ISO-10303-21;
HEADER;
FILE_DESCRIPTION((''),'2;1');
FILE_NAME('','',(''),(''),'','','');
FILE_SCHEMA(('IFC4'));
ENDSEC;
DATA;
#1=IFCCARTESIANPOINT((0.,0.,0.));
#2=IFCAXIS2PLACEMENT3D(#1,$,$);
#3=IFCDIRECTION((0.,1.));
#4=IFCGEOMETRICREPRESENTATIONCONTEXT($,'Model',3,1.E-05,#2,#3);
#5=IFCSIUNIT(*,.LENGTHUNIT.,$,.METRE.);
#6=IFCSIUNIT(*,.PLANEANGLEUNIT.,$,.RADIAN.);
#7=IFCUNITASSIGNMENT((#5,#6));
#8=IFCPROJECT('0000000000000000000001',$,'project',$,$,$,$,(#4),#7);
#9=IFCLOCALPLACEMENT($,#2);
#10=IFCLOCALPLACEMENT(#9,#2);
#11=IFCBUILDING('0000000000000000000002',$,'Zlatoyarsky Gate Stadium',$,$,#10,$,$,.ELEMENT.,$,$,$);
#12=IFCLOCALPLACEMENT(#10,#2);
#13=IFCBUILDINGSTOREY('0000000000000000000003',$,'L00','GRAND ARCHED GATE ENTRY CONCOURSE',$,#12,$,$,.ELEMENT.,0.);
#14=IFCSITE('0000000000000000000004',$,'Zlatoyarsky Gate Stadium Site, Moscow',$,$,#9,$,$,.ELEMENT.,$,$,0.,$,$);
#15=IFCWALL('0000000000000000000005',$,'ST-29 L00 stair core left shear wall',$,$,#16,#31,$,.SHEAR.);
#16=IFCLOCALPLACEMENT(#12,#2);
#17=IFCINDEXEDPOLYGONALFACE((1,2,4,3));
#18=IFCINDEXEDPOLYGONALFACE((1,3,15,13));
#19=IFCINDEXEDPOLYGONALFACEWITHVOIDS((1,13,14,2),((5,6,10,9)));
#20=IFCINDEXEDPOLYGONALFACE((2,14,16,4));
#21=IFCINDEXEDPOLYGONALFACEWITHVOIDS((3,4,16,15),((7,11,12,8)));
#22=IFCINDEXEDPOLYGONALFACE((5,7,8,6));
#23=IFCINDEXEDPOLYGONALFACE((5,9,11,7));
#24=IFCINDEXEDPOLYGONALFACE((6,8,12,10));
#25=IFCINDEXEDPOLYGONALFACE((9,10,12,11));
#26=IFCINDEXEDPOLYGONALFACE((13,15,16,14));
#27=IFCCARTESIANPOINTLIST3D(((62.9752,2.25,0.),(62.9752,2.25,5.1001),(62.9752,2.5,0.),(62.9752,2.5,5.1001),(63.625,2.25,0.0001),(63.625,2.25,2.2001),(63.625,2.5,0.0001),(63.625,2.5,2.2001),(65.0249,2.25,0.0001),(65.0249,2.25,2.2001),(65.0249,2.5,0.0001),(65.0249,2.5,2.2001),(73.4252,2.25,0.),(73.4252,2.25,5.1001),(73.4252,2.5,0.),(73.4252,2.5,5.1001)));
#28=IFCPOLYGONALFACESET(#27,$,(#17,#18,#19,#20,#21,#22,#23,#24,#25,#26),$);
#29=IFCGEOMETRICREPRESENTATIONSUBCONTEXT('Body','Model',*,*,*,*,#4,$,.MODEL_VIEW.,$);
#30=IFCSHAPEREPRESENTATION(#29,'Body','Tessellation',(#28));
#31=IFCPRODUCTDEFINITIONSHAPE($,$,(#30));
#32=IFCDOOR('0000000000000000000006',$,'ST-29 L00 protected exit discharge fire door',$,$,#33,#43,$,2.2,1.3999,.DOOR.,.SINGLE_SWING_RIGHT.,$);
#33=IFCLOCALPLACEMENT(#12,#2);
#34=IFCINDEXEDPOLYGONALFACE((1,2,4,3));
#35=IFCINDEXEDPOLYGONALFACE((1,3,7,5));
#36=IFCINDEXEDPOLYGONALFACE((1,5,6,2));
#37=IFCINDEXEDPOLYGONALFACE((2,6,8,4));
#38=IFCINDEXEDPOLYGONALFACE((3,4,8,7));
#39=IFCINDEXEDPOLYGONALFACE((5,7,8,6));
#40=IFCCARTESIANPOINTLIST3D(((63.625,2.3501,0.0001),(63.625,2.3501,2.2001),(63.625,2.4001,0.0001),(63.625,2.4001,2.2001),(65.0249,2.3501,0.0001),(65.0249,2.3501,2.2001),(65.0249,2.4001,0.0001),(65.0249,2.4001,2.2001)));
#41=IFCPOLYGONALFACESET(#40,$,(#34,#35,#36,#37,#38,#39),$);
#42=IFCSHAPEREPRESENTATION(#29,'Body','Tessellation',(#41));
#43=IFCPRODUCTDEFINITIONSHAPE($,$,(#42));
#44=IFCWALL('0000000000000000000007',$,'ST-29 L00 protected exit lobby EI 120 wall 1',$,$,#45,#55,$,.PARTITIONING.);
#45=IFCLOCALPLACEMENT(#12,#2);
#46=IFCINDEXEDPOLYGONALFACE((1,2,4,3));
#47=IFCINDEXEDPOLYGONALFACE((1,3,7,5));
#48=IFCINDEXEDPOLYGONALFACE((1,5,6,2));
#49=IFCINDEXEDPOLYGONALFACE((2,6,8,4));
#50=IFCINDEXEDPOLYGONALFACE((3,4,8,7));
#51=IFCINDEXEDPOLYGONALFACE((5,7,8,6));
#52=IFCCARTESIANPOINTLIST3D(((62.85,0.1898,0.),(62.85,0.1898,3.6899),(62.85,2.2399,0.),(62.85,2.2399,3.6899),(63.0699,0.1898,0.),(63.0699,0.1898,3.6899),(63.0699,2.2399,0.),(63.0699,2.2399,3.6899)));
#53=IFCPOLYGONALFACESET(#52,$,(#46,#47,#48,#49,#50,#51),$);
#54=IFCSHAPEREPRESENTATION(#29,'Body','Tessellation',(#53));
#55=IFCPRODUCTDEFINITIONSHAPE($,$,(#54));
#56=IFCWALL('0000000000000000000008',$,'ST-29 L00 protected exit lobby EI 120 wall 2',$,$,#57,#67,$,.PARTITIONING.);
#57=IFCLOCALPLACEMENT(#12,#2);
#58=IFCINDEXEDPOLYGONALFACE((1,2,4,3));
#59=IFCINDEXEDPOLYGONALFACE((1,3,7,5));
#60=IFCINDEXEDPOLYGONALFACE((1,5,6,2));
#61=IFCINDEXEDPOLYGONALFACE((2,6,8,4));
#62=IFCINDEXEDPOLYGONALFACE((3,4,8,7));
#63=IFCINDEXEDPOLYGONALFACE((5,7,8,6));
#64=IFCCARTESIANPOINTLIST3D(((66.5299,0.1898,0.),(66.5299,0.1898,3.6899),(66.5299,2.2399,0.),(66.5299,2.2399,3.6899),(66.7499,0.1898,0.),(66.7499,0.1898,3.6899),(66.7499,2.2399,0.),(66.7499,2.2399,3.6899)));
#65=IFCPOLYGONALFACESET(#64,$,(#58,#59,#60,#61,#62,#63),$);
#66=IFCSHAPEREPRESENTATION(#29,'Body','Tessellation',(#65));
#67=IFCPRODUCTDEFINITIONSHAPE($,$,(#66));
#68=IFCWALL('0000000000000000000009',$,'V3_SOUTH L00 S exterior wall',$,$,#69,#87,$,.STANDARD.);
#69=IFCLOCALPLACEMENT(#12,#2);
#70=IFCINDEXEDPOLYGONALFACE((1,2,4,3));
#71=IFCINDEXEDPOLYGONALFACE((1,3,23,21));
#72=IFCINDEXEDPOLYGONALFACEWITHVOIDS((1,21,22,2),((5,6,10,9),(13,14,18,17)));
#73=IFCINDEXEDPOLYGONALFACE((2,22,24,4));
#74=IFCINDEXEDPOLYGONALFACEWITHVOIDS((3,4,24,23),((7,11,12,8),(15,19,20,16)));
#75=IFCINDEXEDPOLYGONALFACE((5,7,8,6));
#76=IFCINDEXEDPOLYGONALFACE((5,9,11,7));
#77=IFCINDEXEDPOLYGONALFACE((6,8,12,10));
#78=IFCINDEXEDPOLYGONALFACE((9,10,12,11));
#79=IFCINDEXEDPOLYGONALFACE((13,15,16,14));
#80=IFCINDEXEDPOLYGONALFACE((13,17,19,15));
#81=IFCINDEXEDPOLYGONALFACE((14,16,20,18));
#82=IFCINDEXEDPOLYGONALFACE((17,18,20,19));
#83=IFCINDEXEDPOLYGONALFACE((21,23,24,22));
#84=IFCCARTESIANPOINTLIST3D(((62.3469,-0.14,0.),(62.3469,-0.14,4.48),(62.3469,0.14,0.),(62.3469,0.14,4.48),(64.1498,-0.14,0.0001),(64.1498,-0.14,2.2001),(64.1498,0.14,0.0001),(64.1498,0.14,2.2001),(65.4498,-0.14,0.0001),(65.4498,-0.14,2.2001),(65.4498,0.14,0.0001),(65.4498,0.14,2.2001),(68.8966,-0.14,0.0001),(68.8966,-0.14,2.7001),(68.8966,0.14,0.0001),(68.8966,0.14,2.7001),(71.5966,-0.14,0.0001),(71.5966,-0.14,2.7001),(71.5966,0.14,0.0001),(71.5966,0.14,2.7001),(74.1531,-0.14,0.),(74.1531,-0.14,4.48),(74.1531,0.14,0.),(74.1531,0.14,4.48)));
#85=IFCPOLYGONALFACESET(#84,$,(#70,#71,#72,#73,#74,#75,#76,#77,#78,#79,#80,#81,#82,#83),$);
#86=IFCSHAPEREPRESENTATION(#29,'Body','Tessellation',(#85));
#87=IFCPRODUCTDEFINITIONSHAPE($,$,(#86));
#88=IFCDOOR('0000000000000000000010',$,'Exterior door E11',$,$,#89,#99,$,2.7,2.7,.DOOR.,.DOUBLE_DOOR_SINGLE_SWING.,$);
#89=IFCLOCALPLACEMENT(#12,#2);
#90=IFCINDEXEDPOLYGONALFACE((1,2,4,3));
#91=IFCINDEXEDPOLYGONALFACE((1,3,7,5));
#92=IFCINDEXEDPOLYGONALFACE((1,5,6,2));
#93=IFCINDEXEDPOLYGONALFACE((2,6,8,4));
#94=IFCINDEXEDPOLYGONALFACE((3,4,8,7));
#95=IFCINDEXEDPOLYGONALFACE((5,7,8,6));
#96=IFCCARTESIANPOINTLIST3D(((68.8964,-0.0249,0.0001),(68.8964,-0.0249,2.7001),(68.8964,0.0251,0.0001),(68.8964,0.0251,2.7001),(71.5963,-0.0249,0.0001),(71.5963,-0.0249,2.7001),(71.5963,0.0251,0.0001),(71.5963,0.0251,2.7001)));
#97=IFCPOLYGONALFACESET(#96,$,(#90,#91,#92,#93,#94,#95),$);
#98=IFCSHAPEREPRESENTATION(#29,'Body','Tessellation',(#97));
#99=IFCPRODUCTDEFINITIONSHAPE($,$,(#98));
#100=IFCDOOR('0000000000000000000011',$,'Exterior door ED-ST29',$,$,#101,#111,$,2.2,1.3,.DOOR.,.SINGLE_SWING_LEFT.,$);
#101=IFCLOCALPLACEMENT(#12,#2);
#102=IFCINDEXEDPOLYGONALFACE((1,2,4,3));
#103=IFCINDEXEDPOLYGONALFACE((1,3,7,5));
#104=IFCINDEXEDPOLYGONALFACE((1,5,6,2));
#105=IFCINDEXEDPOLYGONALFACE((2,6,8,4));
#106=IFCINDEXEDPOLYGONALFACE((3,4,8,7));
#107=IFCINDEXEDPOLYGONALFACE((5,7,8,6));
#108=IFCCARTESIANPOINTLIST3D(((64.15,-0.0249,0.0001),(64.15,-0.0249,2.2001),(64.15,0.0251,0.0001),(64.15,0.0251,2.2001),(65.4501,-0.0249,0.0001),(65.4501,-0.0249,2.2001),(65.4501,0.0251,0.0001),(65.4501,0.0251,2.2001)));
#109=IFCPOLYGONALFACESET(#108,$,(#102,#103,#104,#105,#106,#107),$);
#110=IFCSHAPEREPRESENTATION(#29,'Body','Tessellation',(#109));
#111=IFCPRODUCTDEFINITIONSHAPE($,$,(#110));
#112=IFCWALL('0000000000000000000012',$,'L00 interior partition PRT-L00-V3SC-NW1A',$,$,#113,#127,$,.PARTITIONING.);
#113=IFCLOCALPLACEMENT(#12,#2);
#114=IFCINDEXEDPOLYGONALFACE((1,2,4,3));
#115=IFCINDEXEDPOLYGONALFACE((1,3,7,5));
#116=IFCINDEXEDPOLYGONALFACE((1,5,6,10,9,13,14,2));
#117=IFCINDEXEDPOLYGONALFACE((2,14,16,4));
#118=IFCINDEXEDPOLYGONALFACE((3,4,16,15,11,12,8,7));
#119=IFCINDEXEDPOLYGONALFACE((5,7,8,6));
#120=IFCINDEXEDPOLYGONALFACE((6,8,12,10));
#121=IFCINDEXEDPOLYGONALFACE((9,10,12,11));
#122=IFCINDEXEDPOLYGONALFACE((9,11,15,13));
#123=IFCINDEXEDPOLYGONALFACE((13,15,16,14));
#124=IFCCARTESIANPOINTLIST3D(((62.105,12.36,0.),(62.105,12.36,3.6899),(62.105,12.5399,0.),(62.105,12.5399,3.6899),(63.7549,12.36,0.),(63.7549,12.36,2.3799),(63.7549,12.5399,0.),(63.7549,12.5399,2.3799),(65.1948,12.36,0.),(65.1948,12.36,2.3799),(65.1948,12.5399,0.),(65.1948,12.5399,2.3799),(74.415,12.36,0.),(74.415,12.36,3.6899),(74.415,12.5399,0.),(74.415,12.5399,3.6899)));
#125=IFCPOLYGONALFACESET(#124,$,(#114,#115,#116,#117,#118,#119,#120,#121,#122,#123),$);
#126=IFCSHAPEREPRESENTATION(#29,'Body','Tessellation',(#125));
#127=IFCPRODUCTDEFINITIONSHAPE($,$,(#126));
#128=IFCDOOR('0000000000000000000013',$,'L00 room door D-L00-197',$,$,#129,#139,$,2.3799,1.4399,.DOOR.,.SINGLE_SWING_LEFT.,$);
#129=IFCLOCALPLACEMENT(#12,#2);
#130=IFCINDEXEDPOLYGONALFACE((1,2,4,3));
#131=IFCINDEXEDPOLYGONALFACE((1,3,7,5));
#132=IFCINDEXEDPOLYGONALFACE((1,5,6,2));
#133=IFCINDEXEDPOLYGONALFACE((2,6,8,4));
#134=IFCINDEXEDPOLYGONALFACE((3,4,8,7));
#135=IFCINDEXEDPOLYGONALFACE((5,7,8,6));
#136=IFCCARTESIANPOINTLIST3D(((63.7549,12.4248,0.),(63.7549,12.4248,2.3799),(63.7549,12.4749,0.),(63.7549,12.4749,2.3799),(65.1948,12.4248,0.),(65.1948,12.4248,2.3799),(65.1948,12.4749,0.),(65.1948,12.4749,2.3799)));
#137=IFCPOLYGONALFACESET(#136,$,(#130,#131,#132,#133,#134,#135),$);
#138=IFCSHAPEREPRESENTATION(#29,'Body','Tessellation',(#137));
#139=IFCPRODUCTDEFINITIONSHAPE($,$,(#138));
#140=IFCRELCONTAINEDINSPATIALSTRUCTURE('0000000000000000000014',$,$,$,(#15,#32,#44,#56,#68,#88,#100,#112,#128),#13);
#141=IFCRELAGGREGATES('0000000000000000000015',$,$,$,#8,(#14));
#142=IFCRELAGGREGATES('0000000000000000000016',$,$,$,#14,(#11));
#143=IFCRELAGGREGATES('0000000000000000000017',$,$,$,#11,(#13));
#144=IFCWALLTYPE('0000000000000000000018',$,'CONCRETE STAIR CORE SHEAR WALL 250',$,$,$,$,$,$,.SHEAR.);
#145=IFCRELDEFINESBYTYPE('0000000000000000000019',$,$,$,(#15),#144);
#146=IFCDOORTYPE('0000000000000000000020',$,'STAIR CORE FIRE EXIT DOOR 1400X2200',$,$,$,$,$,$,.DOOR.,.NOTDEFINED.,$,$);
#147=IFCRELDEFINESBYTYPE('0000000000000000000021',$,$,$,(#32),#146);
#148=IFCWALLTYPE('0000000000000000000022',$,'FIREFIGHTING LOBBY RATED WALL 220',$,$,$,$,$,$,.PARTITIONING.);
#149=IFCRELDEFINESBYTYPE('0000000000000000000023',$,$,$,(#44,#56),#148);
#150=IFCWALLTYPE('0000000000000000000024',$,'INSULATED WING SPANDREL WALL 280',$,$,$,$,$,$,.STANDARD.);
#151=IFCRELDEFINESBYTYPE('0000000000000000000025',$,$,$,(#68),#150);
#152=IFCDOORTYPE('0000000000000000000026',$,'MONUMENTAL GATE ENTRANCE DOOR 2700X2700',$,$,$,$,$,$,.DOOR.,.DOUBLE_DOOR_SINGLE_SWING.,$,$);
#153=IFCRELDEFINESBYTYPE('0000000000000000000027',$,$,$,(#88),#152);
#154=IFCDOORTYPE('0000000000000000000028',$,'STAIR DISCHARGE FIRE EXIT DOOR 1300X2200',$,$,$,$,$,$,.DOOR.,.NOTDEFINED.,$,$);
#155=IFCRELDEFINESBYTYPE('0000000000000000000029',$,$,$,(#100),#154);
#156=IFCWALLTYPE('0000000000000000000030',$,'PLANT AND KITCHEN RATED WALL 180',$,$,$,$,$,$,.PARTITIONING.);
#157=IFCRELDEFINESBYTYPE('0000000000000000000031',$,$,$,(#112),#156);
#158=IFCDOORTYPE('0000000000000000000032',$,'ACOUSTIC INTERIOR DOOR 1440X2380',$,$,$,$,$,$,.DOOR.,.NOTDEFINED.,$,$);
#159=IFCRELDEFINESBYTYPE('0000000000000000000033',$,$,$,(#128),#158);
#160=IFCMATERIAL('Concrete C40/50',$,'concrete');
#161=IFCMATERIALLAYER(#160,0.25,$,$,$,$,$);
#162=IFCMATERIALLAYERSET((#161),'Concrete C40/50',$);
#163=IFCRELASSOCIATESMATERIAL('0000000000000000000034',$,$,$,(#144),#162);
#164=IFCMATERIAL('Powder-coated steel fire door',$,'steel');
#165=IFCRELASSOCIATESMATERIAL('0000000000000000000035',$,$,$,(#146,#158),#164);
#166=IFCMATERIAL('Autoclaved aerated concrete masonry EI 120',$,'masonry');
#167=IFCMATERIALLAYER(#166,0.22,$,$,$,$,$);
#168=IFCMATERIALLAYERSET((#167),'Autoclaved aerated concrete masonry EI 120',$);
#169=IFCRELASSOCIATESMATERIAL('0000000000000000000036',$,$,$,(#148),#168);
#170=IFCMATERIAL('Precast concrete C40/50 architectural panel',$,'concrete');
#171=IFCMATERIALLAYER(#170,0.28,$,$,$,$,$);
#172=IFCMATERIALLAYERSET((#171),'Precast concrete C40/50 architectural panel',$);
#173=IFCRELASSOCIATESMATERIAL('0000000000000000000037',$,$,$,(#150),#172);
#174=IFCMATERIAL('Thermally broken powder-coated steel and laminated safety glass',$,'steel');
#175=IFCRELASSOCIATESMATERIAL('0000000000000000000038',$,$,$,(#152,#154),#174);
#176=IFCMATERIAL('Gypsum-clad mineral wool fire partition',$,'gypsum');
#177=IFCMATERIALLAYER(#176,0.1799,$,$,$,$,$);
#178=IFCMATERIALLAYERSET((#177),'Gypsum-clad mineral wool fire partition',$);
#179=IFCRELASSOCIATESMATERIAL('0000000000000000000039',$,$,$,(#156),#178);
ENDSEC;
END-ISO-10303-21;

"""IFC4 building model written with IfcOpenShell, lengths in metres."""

from ifc_helpers import new_model, si_unit, direction, frame, frame_2d, origin, place, context, subcontext, project, spatial, rectangle, extrude, material, layer, layer_set, type_object, element, fill, save


model = new_model("IFC4")

# Units and contexts
model_context = context("Model", 3, precision=1e-05, world=origin(), true_north=direction((0.0, 1.0)))
body_context = subcontext(model_context, "Body", "Model", "MODEL_VIEW")
ifc_project = project(units=[si_unit("LENGTHUNIT", "METRE"), si_unit("PLANEANGLEUNIT", "RADIAN")], contexts=[model_context])

# Site, building, storey
site_placement = place(None, origin())
site = spatial("IfcSite", under=ifc_project, at=site_placement, Name="Zlatoyarsky Gate Stadium Site, Moscow", CompositionType="ELEMENT", RefElevation=0.0)
building_placement = place(site_placement, origin())
building = spatial("IfcBuilding", under=site, at=building_placement, Name="Zlatoyarsky Gate Stadium", CompositionType="ELEMENT")
storey_placement = place(building_placement, origin())
storey = spatial("IfcBuildingStorey", under=building, at=storey_placement, Name="L00", Description="GRAND ARCHED GATE ENTRY CONCOURSE", CompositionType="ELEMENT", Elevation=0.0)

# Shared definitions
ifc_material_1 = material(Name="Concrete C40/50", Category="concrete")

# Shared definitions
ifc_layer_1 = layer(ifc_material_1, 0.25)
ifc_layer_set_1 = layer_set([ifc_layer_1], Name="Concrete C40/50")
wall_type_1 = type_object("IfcWallType", Name="CONCRETE STAIR CORE SHEAR WALL 250", PredefinedType="SHEAR", material=ifc_layer_set_1)

# Wall, opening, door
wall_1_placement = place(storey_placement, frame((62.9751, 2.375, 0.0), z_axis=(0.0, 0.0, 1.0), x_axis=(1.0, 0.0, 0.0)))
wall_1 = element("IfcWall", 1, at=wall_1_placement, inside=storey, type_object=wall_type_1, Name="ST-29 L00 stair core left shear wall", PredefinedType="SHEAR", context=body_context, shape_type="SweptSolid", body=[
    extrude(rectangle(XDim=10.45, YDim=0.25, at=frame_2d((5.2251, 0.0))), origin(), (0.0, 0.0, 1.0), 5.1001),
])
opening_1_placement = place(wall_1_placement, frame((0.6499, 0.0, 0.0)))
opening_1 = element("IfcOpeningElement", 2, at=opening_1_placement, cuts=wall_1, PredefinedType="OPENING", context=body_context, shape_type="SweptSolid", body=[
    extrude(rectangle(XDim=1.3999, YDim=2.2, at=frame_2d((0.7, 1.1001))), frame((0.0, 0.135, 0.0), z_axis=(0.0, -1.0, 0.0), x_axis=(1.0, 0.0, 0.0)), (0.0, 0.0, 1.0), 0.27),
])
ifc_material_2 = material(Name="Powder-coated steel fire door", Category="steel")
door_type_1 = type_object("IfcDoorType", Name="STAIR CORE FIRE EXIT DOOR 1400X2200", OperationType="NOTDEFINED", PredefinedType="DOOR", material=ifc_material_2)
door_1_placement = place(opening_1_placement, frame((1.3999, 0.0, 0.0), z_axis=(0.0, 0.0, 1.0), x_axis=(-1.0, 0.0, 0.0)))
door_1 = element("IfcDoor", 3, at=door_1_placement, inside=storey, type_object=door_type_1, Name="ST-29 L00 protected exit discharge fire door", OperationType="SINGLE_SWING_RIGHT", OverallHeight=2.2, OverallWidth=1.3999, PredefinedType="DOOR", context=body_context, shape_type="SweptSolid", body=[
    extrude(rectangle(XDim=1.3999, YDim=2.2, at=frame_2d((0.7, 1.1001))), frame((0.0, 0.0249, 0.0), z_axis=(0.0, -1.0, 0.0), x_axis=(1.0, 0.0, 0.0)), (0.0, 0.0, 1.0), 0.05),
])
fill(opening_1, door_1)

# Walls
ifc_material_3 = material(Name="Autoclaved aerated concrete masonry EI 120", Category="masonry")
ifc_layer_2 = layer(ifc_material_3, 0.22)
ifc_layer_set_2 = layer_set([ifc_layer_2], Name="Autoclaved aerated concrete masonry EI 120")
wall_type_2 = type_object("IfcWallType", Name="FIREFIGHTING LOBBY RATED WALL 220", PredefinedType="PARTITIONING", material=ifc_layer_set_2)
for number, where, z_axis, x_axis, name in (
    (4, (62.96, 0.1899, 0.0), (0.0, 0.0, 1.0), (0.0, 1.0, 0.0), "ST-29 L00 protected exit lobby EI 120 wall 1"),
    (5, (66.6399, 0.1899, 0.0), (0.0, 0.0, 1.0), (0.0, 1.0, 0.0), "ST-29 L00 protected exit lobby EI 120 wall 2"),
):
    element("IfcWall", number, at=place(storey_placement, frame(where, z_axis=z_axis, x_axis=x_axis)), inside=storey, type_object=wall_type_2, Name=name, PredefinedType="PARTITIONING", context=body_context, shape_type="SweptSolid", body=[
        extrude(rectangle(XDim=2.05, YDim=0.22, at=frame_2d((1.0249, 0.0))), origin(), (0.0, 0.0, 1.0), 3.6899),
    ])

# Wall, openings, doors
ifc_material_4 = material(Name="Precast concrete C40/50 architectural panel", Category="concrete")
ifc_layer_3 = layer(ifc_material_4, 0.28)
ifc_layer_set_3 = layer_set([ifc_layer_3], Name="Precast concrete C40/50 architectural panel")
wall_type_3 = type_object("IfcWallType", Name="INSULATED WING SPANDREL WALL 280", PredefinedType="STANDARD", material=ifc_layer_set_3)
wall_2_placement = place(storey_placement, frame((62.3469, 0.0, 0.0), z_axis=(0.0, 0.0, 1.0), x_axis=(1.0, 0.0, 0.0)))
wall_2 = element("IfcWall", 6, at=wall_2_placement, inside=storey, type_object=wall_type_3, Name="V3_SOUTH L00 S exterior wall", PredefinedType="STANDARD", context=body_context, shape_type="SweptSolid", body=[
    extrude(rectangle(XDim=11.8062, YDim=0.28, at=frame_2d((5.9031, 0.0))), origin(), (0.0, 0.0, 1.0), 4.48),
])
opening_2_placement = place(wall_2_placement, frame((1.803, 0.0, 0.0)))
opening_2 = element("IfcOpeningElement", 7, at=opening_2_placement, cuts=wall_2, PredefinedType="OPENING", context=body_context, shape_type="SweptSolid", body=[
    extrude(rectangle(XDim=1.3, YDim=2.2, at=frame_2d((0.6499, 1.1001))), frame((0.0, 0.1499, 0.0), z_axis=(0.0, -1.0, 0.0), x_axis=(1.0, 0.0, 0.0)), (0.0, 0.0, 1.0), 0.3),
])
opening_3_placement = place(wall_2_placement, frame((6.5496, 0.0, 0.0)))
opening_3 = element("IfcOpeningElement", 8, at=opening_3_placement, cuts=wall_2, PredefinedType="OPENING", context=body_context, shape_type="SweptSolid", body=[
    extrude(rectangle(XDim=2.7, YDim=2.7, at=frame_2d((1.3501, 1.3501))), frame((0.0, 0.1499, 0.0), z_axis=(0.0, -1.0, 0.0), x_axis=(1.0, 0.0, 0.0)), (0.0, 0.0, 1.0), 0.3),
])
ifc_material_5 = material(Name="Thermally broken powder-coated steel and laminated safety glass", Category="steel")
door_type_2 = type_object("IfcDoorType", Name="MONUMENTAL GATE ENTRANCE DOOR 2700X2700", OperationType="DOUBLE_DOOR_SINGLE_SWING", PredefinedType="DOOR", material=ifc_material_5)
door_2_placement = place(opening_3_placement, frame((2.7, 0.0, 0.0), z_axis=(0.0, 0.0, 1.0), x_axis=(-1.0, 0.0, 0.0)))
door_2 = element("IfcDoor", 9, at=door_2_placement, inside=storey, type_object=door_type_2, Name="Exterior door E11", OperationType="DOUBLE_DOOR_SINGLE_SWING", OverallHeight=2.7, OverallWidth=2.7, PredefinedType="DOOR", context=body_context, shape_type="SweptSolid", body=[
    extrude(rectangle(XDim=2.7, YDim=2.7, at=frame_2d((1.3501, 1.3501))), frame((0.0, 0.0249, 0.0), z_axis=(0.0, -1.0, 0.0), x_axis=(1.0, 0.0, 0.0)), (0.0, 0.0, 1.0), 0.05),
])
fill(opening_3, door_2)
door_type_3 = type_object("IfcDoorType", Name="STAIR DISCHARGE FIRE EXIT DOOR 1300X2200", OperationType="NOTDEFINED", PredefinedType="DOOR", material=ifc_material_5)
door_3_placement = place(opening_2_placement, frame((1.3, 0.0, 0.0), z_axis=(0.0, 0.0, 1.0), x_axis=(-1.0, 0.0, 0.0)))
door_3 = element("IfcDoor", 10, at=door_3_placement, inside=storey, type_object=door_type_3, Name="Exterior door ED-ST29", OperationType="SINGLE_SWING_LEFT", OverallHeight=2.2, OverallWidth=1.3, PredefinedType="DOOR", context=body_context, shape_type="SweptSolid", body=[
    extrude(rectangle(XDim=1.3, YDim=2.2, at=frame_2d((0.6499, 1.1001))), frame((0.0, 0.0249, 0.0), z_axis=(0.0, -1.0, 0.0), x_axis=(1.0, 0.0, 0.0)), (0.0, 0.0, 1.0), 0.05),
])
fill(opening_2, door_3)

# Wall, opening, door
ifc_material_6 = material(Name="Gypsum-clad mineral wool fire partition", Category="gypsum")
ifc_layer_4 = layer(ifc_material_6, 0.1799)
ifc_layer_set_4 = layer_set([ifc_layer_4], Name="Gypsum-clad mineral wool fire partition")
wall_type_4 = type_object("IfcWallType", Name="PLANT AND KITCHEN RATED WALL 180", PredefinedType="PARTITIONING", material=ifc_layer_set_4)
wall_3_placement = place(storey_placement, frame((62.105, 12.45, 0.0), z_axis=(0.0, 0.0, 1.0), x_axis=(1.0, 0.0, 0.0)))
wall_3 = element("IfcWall", 11, at=wall_3_placement, inside=storey, type_object=wall_type_4, Name="L00 interior partition PRT-L00-V3SC-NW1A", PredefinedType="PARTITIONING", context=body_context, shape_type="SweptSolid", body=[
    extrude(rectangle(XDim=12.3101, YDim=0.1799, at=frame_2d((6.155, 0.0))), origin(), (0.0, 0.0, 1.0), 3.6899),
])
opening_4_placement = place(wall_3_placement, frame((1.6499, 0.0, 0.0)))
opening_4 = element("IfcOpeningElement", 12, at=opening_4_placement, cuts=wall_3, PredefinedType="OPENING", context=body_context, shape_type="SweptSolid", body=[
    extrude(rectangle(XDim=1.4399, YDim=2.3799, at=frame_2d((0.72, 1.1899))), frame((0.0, 0.0999, 0.0), z_axis=(0.0, -1.0, 0.0), x_axis=(1.0, 0.0, 0.0)), (0.0, 0.0, 1.0), 0.2),
])
door_type_4 = type_object("IfcDoorType", Name="ACOUSTIC INTERIOR DOOR 1440X2380", OperationType="NOTDEFINED", PredefinedType="DOOR", material=ifc_material_2)
door_4_placement = place(opening_4_placement, origin())
door_4 = element("IfcDoor", 13, at=door_4_placement, inside=storey, type_object=door_type_4, Name="L00 room door D-L00-197", OperationType="SINGLE_SWING_LEFT", OverallHeight=2.3799, OverallWidth=1.4399, PredefinedType="DOOR", context=body_context, shape_type="SweptSolid", body=[
    extrude(rectangle(XDim=1.4399, YDim=2.3799, at=frame_2d((0.72, 1.1899))), frame((0.0, 0.0249, 0.0), z_axis=(0.0, -1.0, 0.0), x_axis=(1.0, 0.0, 0.0)), (0.0, 0.0, 1.0), 0.05),
])
fill(opening_4, door_4)

save(model, "model.ifc")
